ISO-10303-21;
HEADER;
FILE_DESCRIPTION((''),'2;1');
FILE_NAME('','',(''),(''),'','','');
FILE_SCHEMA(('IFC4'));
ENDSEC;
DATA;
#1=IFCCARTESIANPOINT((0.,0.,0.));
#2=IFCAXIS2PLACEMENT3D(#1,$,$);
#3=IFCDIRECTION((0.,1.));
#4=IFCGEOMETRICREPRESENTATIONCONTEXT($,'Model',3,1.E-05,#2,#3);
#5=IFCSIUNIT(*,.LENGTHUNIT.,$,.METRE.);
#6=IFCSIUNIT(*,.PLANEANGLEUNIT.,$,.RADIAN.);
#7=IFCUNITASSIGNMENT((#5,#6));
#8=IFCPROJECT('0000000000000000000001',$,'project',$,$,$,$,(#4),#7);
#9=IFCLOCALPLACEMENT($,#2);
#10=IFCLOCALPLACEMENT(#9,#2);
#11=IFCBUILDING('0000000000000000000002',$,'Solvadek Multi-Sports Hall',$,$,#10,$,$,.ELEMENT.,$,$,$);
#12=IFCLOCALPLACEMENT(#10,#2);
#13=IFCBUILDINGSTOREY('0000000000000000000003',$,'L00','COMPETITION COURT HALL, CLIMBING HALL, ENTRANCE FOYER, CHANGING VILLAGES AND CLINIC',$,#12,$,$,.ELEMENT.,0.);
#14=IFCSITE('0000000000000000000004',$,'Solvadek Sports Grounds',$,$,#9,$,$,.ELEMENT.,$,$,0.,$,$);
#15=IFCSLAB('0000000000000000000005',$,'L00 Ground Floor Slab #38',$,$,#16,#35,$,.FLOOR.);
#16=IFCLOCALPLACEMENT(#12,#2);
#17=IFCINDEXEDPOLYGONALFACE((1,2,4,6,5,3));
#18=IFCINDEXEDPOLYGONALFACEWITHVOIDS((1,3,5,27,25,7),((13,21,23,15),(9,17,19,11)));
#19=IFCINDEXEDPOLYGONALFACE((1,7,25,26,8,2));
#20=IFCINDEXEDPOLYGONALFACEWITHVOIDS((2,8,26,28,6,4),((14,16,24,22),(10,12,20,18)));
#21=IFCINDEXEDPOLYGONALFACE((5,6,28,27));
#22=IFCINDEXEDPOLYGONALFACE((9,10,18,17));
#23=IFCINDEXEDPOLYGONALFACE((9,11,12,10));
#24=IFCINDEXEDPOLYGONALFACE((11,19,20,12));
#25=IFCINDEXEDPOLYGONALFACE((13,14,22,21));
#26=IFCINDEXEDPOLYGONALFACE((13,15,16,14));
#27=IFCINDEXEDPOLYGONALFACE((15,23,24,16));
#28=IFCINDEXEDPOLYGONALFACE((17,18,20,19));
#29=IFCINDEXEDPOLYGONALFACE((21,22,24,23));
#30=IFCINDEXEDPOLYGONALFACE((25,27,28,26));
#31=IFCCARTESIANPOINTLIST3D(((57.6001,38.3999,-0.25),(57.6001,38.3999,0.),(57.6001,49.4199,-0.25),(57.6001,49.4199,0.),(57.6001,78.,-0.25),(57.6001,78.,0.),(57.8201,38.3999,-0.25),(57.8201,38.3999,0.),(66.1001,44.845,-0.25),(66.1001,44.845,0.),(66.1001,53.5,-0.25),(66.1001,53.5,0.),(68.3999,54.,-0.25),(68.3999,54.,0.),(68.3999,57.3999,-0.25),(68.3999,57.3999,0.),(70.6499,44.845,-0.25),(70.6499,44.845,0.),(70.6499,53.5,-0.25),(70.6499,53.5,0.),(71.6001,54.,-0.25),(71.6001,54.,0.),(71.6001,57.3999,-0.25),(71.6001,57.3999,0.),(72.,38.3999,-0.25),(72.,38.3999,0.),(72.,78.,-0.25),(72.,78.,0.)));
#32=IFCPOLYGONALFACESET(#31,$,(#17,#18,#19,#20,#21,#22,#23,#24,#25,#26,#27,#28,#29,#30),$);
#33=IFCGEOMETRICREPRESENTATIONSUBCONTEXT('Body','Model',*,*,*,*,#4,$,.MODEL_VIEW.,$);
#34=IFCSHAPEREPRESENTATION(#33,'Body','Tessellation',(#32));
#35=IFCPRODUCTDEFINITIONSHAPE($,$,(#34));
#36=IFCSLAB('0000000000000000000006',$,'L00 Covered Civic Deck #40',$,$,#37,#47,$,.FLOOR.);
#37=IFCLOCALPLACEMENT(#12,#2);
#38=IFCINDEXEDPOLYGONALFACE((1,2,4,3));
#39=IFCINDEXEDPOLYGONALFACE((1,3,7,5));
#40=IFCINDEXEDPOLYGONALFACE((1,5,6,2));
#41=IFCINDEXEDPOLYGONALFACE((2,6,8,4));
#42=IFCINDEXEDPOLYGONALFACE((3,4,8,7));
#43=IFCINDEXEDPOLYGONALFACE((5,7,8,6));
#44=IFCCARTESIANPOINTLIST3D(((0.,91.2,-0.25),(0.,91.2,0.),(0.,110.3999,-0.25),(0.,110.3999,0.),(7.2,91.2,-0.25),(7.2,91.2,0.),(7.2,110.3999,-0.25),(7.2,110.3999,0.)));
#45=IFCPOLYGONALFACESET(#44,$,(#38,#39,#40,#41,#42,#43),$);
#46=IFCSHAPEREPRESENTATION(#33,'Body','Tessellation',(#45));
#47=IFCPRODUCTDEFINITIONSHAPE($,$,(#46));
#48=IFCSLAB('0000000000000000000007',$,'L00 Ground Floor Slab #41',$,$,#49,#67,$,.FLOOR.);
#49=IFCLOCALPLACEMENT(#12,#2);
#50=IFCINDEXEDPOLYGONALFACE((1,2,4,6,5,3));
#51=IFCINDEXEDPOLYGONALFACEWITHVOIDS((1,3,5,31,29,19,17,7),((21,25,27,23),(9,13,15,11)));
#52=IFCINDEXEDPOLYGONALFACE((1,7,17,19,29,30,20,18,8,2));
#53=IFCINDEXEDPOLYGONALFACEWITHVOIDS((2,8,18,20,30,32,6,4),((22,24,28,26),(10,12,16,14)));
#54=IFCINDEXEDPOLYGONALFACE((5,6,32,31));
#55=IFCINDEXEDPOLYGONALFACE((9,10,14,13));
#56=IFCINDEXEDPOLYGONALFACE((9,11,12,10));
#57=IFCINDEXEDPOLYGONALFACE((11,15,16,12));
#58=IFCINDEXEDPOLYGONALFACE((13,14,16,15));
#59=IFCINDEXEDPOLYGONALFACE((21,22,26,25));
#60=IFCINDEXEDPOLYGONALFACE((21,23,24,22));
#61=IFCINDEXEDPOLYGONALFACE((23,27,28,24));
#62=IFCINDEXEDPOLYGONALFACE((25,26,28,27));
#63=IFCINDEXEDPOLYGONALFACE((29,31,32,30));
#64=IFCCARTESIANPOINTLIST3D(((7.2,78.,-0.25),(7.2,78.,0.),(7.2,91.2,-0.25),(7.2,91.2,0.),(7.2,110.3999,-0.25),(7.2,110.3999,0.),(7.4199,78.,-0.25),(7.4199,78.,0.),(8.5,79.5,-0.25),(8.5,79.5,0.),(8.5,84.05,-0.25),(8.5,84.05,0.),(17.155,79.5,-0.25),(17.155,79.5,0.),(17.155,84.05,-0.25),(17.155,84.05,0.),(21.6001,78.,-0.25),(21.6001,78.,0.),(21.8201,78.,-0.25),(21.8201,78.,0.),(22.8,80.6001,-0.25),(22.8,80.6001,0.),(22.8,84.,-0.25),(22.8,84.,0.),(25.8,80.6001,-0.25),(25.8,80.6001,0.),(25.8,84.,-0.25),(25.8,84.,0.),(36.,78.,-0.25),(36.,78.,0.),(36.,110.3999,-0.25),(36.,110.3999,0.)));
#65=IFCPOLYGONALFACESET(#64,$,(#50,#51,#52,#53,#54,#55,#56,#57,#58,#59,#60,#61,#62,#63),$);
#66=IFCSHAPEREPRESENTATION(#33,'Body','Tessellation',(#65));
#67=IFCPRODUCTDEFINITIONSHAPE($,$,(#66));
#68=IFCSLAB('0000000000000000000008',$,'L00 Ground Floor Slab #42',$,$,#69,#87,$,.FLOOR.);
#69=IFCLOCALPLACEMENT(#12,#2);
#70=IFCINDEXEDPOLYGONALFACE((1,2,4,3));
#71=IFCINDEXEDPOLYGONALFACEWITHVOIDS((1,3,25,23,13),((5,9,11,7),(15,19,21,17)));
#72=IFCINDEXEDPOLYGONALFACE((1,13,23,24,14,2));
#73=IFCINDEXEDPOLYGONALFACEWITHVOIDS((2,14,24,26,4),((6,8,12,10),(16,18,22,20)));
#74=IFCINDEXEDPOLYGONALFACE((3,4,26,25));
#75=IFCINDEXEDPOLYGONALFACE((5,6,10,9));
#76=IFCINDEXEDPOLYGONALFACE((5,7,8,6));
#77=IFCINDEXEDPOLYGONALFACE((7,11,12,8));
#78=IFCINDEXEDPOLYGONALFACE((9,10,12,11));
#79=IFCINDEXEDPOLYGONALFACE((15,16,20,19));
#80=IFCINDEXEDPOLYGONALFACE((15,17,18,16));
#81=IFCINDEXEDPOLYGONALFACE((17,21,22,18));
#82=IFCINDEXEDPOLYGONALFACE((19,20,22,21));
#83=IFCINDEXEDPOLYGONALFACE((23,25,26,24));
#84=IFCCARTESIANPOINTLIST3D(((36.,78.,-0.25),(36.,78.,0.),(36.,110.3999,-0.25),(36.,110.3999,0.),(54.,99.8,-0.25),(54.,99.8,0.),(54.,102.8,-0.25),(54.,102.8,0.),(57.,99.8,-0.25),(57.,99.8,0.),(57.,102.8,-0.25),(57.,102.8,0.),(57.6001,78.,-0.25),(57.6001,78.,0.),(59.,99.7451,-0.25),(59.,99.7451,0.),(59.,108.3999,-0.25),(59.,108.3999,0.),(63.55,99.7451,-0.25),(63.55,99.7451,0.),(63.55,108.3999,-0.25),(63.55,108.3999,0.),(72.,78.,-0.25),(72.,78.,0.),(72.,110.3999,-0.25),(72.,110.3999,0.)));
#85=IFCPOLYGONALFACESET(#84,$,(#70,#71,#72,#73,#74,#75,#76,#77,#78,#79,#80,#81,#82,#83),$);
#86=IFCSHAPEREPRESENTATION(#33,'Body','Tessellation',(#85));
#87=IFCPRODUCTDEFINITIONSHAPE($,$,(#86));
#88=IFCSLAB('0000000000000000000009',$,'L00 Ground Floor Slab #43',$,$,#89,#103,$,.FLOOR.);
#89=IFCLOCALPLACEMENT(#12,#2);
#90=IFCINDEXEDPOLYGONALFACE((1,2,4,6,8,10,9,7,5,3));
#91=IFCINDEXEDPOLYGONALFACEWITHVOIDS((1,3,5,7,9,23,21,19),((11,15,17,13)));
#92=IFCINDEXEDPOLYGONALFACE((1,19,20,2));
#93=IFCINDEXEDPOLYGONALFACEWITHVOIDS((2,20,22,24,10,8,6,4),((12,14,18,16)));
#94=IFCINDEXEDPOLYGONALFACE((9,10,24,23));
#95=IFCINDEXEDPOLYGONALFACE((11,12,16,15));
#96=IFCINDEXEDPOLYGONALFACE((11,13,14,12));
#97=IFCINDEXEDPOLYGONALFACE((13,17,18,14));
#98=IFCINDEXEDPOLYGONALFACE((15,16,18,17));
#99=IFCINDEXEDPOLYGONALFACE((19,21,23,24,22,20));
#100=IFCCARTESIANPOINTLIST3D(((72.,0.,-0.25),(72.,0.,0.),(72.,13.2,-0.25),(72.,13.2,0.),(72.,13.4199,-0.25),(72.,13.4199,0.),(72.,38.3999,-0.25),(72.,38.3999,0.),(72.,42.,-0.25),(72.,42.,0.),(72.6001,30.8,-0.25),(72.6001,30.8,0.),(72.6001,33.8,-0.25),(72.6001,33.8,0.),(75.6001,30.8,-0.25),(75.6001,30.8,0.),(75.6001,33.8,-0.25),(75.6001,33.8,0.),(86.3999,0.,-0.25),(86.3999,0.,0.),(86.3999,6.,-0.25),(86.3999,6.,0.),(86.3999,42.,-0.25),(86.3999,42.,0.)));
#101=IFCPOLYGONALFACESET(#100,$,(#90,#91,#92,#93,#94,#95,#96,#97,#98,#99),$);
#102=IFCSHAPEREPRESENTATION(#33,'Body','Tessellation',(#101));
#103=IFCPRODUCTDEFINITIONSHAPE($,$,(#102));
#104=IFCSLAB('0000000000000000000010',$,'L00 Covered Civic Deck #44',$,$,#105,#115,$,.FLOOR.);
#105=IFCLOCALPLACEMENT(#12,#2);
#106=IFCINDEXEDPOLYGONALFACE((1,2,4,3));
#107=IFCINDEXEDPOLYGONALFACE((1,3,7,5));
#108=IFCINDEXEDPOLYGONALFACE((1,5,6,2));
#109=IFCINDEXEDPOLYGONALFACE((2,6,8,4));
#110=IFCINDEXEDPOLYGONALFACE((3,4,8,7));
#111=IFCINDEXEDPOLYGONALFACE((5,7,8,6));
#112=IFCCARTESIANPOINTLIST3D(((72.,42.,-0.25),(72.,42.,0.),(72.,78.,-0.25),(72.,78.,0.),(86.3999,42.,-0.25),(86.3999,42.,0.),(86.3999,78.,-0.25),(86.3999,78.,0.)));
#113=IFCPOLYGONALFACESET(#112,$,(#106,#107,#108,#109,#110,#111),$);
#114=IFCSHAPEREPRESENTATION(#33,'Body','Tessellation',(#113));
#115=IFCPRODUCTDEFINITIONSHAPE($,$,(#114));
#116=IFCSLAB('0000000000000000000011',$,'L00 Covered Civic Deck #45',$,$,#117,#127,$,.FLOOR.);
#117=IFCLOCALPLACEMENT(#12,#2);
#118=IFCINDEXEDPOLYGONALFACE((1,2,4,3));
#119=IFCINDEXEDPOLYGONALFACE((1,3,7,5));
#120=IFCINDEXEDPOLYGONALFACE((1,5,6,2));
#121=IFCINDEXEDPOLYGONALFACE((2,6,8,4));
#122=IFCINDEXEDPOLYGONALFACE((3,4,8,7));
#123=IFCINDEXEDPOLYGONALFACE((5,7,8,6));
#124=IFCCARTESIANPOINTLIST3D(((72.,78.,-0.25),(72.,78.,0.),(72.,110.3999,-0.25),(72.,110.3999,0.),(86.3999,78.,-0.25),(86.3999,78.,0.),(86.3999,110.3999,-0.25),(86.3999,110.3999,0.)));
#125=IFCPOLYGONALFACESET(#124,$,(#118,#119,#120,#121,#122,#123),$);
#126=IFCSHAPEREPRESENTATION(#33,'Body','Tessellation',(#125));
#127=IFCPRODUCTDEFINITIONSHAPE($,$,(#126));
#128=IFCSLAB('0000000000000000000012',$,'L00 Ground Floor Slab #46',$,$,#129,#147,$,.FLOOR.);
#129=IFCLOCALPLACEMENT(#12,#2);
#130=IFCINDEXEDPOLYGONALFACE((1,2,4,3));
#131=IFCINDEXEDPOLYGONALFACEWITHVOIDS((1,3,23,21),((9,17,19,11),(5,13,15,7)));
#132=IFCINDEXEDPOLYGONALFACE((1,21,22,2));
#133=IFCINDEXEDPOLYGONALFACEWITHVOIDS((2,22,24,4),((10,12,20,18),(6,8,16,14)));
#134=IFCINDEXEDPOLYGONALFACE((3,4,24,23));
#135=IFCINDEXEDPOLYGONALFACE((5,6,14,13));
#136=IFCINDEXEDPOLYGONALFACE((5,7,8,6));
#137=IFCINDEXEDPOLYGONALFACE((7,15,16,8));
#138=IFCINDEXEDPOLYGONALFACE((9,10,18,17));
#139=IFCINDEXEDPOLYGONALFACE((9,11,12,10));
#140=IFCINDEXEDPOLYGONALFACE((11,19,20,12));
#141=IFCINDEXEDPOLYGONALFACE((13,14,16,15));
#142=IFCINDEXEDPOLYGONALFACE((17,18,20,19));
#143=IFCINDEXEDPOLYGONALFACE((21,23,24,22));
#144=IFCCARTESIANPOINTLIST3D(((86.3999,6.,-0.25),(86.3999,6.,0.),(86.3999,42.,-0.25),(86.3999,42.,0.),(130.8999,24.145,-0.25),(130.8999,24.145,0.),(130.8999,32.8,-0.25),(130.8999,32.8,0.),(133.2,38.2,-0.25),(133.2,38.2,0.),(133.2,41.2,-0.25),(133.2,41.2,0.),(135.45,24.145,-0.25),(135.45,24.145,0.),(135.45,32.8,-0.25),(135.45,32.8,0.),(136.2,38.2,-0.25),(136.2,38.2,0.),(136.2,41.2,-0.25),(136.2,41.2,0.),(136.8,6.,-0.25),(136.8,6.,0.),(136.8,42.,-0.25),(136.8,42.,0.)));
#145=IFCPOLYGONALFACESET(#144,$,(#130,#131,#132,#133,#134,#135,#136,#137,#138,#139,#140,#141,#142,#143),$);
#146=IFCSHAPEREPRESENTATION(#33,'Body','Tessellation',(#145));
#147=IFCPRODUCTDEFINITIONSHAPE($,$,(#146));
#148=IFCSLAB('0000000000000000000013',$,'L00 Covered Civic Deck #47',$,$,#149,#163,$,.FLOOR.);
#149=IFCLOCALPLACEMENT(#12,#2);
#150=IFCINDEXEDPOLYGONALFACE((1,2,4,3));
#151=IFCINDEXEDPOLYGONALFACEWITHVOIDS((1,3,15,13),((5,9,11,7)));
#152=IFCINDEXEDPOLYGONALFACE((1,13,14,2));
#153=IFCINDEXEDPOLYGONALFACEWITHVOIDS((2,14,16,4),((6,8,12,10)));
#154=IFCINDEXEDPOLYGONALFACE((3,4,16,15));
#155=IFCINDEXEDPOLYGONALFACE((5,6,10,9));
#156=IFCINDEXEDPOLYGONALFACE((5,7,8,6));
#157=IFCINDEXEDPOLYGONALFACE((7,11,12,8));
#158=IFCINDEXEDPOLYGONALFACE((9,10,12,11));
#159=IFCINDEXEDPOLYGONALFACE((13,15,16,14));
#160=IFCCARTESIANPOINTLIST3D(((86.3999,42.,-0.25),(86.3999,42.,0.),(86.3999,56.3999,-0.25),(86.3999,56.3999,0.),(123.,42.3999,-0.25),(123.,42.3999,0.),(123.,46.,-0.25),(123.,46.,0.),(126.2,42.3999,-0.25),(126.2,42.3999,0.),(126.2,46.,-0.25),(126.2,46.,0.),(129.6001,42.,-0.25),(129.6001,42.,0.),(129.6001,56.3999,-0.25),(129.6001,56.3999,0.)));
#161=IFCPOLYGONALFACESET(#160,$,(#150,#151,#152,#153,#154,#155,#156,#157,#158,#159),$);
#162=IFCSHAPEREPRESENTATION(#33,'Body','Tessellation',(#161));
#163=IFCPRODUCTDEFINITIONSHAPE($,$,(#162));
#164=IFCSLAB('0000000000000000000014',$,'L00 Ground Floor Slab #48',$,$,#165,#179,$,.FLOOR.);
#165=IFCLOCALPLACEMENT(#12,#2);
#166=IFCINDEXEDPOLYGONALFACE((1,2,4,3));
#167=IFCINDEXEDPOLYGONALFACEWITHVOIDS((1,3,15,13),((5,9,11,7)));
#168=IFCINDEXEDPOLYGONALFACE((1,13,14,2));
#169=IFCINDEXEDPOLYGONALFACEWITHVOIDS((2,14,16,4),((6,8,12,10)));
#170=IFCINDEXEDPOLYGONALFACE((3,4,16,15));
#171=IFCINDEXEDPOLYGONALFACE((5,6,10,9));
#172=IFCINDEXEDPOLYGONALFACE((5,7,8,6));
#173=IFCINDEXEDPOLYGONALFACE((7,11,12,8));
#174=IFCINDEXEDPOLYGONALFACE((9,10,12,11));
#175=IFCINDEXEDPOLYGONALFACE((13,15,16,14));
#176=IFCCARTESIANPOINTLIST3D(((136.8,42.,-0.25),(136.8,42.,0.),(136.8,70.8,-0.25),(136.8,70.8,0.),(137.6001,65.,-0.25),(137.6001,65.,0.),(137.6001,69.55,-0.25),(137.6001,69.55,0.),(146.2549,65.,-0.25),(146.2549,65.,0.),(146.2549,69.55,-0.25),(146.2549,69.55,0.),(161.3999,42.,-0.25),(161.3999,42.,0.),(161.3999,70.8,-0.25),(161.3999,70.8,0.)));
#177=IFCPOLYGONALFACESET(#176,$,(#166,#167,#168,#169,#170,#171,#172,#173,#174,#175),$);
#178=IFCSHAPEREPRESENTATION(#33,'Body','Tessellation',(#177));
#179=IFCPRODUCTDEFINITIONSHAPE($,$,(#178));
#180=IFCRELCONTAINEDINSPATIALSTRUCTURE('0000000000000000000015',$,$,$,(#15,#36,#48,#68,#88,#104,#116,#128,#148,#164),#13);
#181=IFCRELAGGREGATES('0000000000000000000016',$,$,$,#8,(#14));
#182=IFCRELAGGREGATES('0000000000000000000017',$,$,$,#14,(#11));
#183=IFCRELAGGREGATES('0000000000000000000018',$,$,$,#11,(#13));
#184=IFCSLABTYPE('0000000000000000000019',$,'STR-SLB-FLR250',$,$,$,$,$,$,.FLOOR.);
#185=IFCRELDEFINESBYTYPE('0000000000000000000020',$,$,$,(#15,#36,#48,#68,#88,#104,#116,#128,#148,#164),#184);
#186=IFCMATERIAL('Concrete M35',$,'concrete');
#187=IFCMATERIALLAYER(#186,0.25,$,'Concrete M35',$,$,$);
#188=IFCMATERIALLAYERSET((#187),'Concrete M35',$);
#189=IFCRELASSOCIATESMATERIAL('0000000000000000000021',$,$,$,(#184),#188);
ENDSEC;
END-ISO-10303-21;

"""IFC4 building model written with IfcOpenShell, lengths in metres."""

from ifc_helpers import new_model, si_unit, direction, frame, origin, place, context, subcontext, project, spatial, polyline, outline, extrude, material, layer, layer_set, type_object, element, save


model = new_model("IFC4")

# Units and contexts
model_context = context("Model", 3, precision=1e-05, world=origin(), true_north=direction((0.0, 1.0)))
body_context = subcontext(model_context, "Body", "Model", "MODEL_VIEW")
ifc_project = project(units=[si_unit("LENGTHUNIT", "METRE"), si_unit("PLANEANGLEUNIT", "RADIAN")], contexts=[model_context])

# Site, building, storey
site_placement = place(None, origin())
site = spatial("IfcSite", under=ifc_project, at=site_placement, Name="Solvadek Sports Grounds", CompositionType="ELEMENT", RefElevation=0.0)
building_placement = place(site_placement, origin())
building = spatial("IfcBuilding", under=site, at=building_placement, Name="Solvadek Multi-Sports Hall", CompositionType="ELEMENT")
storey_placement = place(building_placement, origin())
storey = spatial("IfcBuildingStorey", under=building, at=storey_placement, Name="L00", Description="COMPETITION COURT HALL, CLIMBING HALL, ENTRANCE FOYER, CHANGING VILLAGES AND CLINIC", CompositionType="ELEMENT", Elevation=0.0)

# Shared definitions
ifc_material_1 = material(Name="Concrete M35", Category="concrete")

# Slabs
ifc_layer_1 = layer(ifc_material_1, 0.25, Name="Concrete M35")
ifc_layer_set_1 = layer_set([ifc_layer_1], Name="Concrete M35")
slab_type_1 = type_object("IfcSlabType", Name="STR-SLB-FLR250", PredefinedType="FLOOR", material=ifc_layer_set_1)
slab_1_placement = place(storey_placement, frame((0.0, 0.0, -0.25)))
element("IfcSlab", 1, at=slab_1_placement, inside=storey, type_object=slab_type_1, Name="L00 Ground Floor Slab #38", PredefinedType="FLOOR", context=body_context, shape_type="SweptSolid", body=[
    extrude(outline(polyline([(57.6001, 49.4199), (57.6001, 78.0), (72.0, 78.0), (72.0, 38.3999), (57.8201, 38.3999), (57.6001, 38.3999), (57.6001, 49.4199)]), holes=[polyline([(71.6001, 54.0), (71.6001, 57.3999), (68.3999, 57.3999), (68.3999, 54.0), (71.6001, 54.0)]), polyline([(70.6499, 53.5), (66.1001, 53.5), (66.1001, 44.845), (70.6499, 44.845), (70.6499, 53.5)])]), origin(), (0.0, 0.0, 1.0), 0.25),
])
slab_2_placement = place(storey_placement, frame((0.0, 0.0, -0.25)))
element("IfcSlab", 2, at=slab_2_placement, inside=storey, type_object=slab_type_1, Name="L00 Covered Civic Deck #40", PredefinedType="FLOOR", context=body_context, shape_type="SweptSolid", body=[
    extrude(outline(polyline([(0.0, 110.3999), (7.2, 110.3999), (7.2, 91.2), (0.0, 91.2), (0.0, 110.3999)])), origin(), (0.0, 0.0, 1.0), 0.25),
])
slab_3_placement = place(storey_placement, frame((0.0, 0.0, -0.25)))
element("IfcSlab", 3, at=slab_3_placement, inside=storey, type_object=slab_type_1, Name="L00 Ground Floor Slab #41", PredefinedType="FLOOR", context=body_context, shape_type="SweptSolid", body=[
    extrude(outline(polyline([(7.2, 91.2), (7.2, 110.3999), (36.0, 110.3999), (36.0, 78.0), (21.8201, 78.0), (21.6001, 78.0), (7.4199, 78.0), (7.2, 78.0), (7.2, 91.2)]), holes=[polyline([(25.8, 80.6001), (25.8, 84.0), (22.8, 84.0), (22.8, 80.6001), (25.8, 80.6001)]), polyline([(8.5, 84.05), (8.5, 79.5), (17.155, 79.5), (17.155, 84.05), (8.5, 84.05)])]), origin(), (0.0, 0.0, 1.0), 0.25),
])
slab_4_placement = place(storey_placement, frame((0.0, 0.0, -0.25)))
element("IfcSlab", 4, at=slab_4_placement, inside=storey, type_object=slab_type_1, Name="L00 Ground Floor Slab #42", PredefinedType="FLOOR", context=body_context, shape_type="SweptSolid", body=[
    extrude(outline(polyline([(36.0, 110.3999), (72.0, 110.3999), (72.0, 78.0), (57.6001, 78.0), (36.0, 78.0), (36.0, 110.3999)]), holes=[polyline([(63.55, 108.3999), (59.0, 108.3999), (59.0, 99.7451), (63.55, 99.7451), (63.55, 108.3999)]), polyline([(57.0, 99.8), (57.0, 102.8), (54.0, 102.8), (54.0, 99.8), (57.0, 99.8)])]), origin(), (0.0, 0.0, 1.0), 0.25),
])
slab_5_placement = place(storey_placement, frame((0.0, 0.0, -0.25)))
element("IfcSlab", 5, at=slab_5_placement, inside=storey, type_object=slab_type_1, Name="L00 Ground Floor Slab #43", PredefinedType="FLOOR", context=body_context, shape_type="SweptSolid", body=[
    extrude(outline(polyline([(72.0, 13.2), (72.0, 13.4199), (72.0, 38.3999), (72.0, 42.0), (86.3999, 42.0), (86.3999, 6.0), (86.3999, 0.0), (72.0, 0.0), (72.0, 13.2)]), holes=[polyline([(75.6001, 30.8), (75.6001, 33.8), (72.6001, 33.8), (72.6001, 30.8), (75.6001, 30.8)])]), origin(), (0.0, 0.0, 1.0), 0.25),
])
slab_6_placement = place(storey_placement, frame((0.0, 0.0, -0.25)))
element("IfcSlab", 6, at=slab_6_placement, inside=storey, type_object=slab_type_1, Name="L00 Covered Civic Deck #44", PredefinedType="FLOOR", context=body_context, shape_type="SweptSolid", body=[
    extrude(outline(polyline([(72.0, 78.0), (86.3999, 78.0), (86.3999, 42.0), (72.0, 42.0), (72.0, 78.0)])), origin(), (0.0, 0.0, 1.0), 0.25),
])
slab_7_placement = place(storey_placement, frame((0.0, 0.0, -0.25)))
element("IfcSlab", 7, at=slab_7_placement, inside=storey, type_object=slab_type_1, Name="L00 Covered Civic Deck #45", PredefinedType="FLOOR", context=body_context, shape_type="SweptSolid", body=[
    extrude(outline(polyline([(72.0, 110.3999), (86.3999, 110.3999), (86.3999, 78.0), (72.0, 78.0), (72.0, 110.3999)])), origin(), (0.0, 0.0, 1.0), 0.25),
])
slab_8_placement = place(storey_placement, frame((0.0, 0.0, -0.25)))
element("IfcSlab", 8, at=slab_8_placement, inside=storey, type_object=slab_type_1, Name="L00 Ground Floor Slab #46", PredefinedType="FLOOR", context=body_context, shape_type="SweptSolid", body=[
    extrude(outline(polyline([(86.3999, 42.0), (136.8, 42.0), (136.8, 6.0), (86.3999, 6.0), (86.3999, 42.0)]), holes=[polyline([(136.2, 38.2), (136.2, 41.2), (133.2, 41.2), (133.2, 38.2), (136.2, 38.2)]), polyline([(135.45, 32.8), (130.8999, 32.8), (130.8999, 24.145), (135.45, 24.145), (135.45, 32.8)])]), origin(), (0.0, 0.0, 1.0), 0.25),
])
slab_9_placement = place(storey_placement, frame((0.0, 0.0, -0.25)))
element("IfcSlab", 9, at=slab_9_placement, inside=storey, type_object=slab_type_1, Name="L00 Covered Civic Deck #47", PredefinedType="FLOOR", context=body_context, shape_type="SweptSolid", body=[
    extrude(outline(polyline([(86.3999, 56.3999), (129.6001, 56.3999), (129.6001, 42.0), (86.3999, 42.0), (86.3999, 56.3999)]), holes=[polyline([(126.2, 42.3999), (126.2, 46.0), (123.0, 46.0), (123.0, 42.3999), (126.2, 42.3999)])]), origin(), (0.0, 0.0, 1.0), 0.25),
])
slab_10_placement = place(storey_placement, frame((0.0, 0.0, -0.25)))
element("IfcSlab", 10, at=slab_10_placement, inside=storey, type_object=slab_type_1, Name="L00 Ground Floor Slab #48", PredefinedType="FLOOR", context=body_context, shape_type="SweptSolid", body=[
    extrude(outline(polyline([(136.8, 70.8), (161.3999, 70.8), (161.3999, 42.0), (136.8, 42.0), (136.8, 70.8)]), holes=[polyline([(137.6001, 69.55), (137.6001, 65.0), (146.2549, 65.0), (146.2549, 69.55), (137.6001, 69.55)])]), origin(), (0.0, 0.0, 1.0), 0.25),
])

save(model, "model.ifc")
